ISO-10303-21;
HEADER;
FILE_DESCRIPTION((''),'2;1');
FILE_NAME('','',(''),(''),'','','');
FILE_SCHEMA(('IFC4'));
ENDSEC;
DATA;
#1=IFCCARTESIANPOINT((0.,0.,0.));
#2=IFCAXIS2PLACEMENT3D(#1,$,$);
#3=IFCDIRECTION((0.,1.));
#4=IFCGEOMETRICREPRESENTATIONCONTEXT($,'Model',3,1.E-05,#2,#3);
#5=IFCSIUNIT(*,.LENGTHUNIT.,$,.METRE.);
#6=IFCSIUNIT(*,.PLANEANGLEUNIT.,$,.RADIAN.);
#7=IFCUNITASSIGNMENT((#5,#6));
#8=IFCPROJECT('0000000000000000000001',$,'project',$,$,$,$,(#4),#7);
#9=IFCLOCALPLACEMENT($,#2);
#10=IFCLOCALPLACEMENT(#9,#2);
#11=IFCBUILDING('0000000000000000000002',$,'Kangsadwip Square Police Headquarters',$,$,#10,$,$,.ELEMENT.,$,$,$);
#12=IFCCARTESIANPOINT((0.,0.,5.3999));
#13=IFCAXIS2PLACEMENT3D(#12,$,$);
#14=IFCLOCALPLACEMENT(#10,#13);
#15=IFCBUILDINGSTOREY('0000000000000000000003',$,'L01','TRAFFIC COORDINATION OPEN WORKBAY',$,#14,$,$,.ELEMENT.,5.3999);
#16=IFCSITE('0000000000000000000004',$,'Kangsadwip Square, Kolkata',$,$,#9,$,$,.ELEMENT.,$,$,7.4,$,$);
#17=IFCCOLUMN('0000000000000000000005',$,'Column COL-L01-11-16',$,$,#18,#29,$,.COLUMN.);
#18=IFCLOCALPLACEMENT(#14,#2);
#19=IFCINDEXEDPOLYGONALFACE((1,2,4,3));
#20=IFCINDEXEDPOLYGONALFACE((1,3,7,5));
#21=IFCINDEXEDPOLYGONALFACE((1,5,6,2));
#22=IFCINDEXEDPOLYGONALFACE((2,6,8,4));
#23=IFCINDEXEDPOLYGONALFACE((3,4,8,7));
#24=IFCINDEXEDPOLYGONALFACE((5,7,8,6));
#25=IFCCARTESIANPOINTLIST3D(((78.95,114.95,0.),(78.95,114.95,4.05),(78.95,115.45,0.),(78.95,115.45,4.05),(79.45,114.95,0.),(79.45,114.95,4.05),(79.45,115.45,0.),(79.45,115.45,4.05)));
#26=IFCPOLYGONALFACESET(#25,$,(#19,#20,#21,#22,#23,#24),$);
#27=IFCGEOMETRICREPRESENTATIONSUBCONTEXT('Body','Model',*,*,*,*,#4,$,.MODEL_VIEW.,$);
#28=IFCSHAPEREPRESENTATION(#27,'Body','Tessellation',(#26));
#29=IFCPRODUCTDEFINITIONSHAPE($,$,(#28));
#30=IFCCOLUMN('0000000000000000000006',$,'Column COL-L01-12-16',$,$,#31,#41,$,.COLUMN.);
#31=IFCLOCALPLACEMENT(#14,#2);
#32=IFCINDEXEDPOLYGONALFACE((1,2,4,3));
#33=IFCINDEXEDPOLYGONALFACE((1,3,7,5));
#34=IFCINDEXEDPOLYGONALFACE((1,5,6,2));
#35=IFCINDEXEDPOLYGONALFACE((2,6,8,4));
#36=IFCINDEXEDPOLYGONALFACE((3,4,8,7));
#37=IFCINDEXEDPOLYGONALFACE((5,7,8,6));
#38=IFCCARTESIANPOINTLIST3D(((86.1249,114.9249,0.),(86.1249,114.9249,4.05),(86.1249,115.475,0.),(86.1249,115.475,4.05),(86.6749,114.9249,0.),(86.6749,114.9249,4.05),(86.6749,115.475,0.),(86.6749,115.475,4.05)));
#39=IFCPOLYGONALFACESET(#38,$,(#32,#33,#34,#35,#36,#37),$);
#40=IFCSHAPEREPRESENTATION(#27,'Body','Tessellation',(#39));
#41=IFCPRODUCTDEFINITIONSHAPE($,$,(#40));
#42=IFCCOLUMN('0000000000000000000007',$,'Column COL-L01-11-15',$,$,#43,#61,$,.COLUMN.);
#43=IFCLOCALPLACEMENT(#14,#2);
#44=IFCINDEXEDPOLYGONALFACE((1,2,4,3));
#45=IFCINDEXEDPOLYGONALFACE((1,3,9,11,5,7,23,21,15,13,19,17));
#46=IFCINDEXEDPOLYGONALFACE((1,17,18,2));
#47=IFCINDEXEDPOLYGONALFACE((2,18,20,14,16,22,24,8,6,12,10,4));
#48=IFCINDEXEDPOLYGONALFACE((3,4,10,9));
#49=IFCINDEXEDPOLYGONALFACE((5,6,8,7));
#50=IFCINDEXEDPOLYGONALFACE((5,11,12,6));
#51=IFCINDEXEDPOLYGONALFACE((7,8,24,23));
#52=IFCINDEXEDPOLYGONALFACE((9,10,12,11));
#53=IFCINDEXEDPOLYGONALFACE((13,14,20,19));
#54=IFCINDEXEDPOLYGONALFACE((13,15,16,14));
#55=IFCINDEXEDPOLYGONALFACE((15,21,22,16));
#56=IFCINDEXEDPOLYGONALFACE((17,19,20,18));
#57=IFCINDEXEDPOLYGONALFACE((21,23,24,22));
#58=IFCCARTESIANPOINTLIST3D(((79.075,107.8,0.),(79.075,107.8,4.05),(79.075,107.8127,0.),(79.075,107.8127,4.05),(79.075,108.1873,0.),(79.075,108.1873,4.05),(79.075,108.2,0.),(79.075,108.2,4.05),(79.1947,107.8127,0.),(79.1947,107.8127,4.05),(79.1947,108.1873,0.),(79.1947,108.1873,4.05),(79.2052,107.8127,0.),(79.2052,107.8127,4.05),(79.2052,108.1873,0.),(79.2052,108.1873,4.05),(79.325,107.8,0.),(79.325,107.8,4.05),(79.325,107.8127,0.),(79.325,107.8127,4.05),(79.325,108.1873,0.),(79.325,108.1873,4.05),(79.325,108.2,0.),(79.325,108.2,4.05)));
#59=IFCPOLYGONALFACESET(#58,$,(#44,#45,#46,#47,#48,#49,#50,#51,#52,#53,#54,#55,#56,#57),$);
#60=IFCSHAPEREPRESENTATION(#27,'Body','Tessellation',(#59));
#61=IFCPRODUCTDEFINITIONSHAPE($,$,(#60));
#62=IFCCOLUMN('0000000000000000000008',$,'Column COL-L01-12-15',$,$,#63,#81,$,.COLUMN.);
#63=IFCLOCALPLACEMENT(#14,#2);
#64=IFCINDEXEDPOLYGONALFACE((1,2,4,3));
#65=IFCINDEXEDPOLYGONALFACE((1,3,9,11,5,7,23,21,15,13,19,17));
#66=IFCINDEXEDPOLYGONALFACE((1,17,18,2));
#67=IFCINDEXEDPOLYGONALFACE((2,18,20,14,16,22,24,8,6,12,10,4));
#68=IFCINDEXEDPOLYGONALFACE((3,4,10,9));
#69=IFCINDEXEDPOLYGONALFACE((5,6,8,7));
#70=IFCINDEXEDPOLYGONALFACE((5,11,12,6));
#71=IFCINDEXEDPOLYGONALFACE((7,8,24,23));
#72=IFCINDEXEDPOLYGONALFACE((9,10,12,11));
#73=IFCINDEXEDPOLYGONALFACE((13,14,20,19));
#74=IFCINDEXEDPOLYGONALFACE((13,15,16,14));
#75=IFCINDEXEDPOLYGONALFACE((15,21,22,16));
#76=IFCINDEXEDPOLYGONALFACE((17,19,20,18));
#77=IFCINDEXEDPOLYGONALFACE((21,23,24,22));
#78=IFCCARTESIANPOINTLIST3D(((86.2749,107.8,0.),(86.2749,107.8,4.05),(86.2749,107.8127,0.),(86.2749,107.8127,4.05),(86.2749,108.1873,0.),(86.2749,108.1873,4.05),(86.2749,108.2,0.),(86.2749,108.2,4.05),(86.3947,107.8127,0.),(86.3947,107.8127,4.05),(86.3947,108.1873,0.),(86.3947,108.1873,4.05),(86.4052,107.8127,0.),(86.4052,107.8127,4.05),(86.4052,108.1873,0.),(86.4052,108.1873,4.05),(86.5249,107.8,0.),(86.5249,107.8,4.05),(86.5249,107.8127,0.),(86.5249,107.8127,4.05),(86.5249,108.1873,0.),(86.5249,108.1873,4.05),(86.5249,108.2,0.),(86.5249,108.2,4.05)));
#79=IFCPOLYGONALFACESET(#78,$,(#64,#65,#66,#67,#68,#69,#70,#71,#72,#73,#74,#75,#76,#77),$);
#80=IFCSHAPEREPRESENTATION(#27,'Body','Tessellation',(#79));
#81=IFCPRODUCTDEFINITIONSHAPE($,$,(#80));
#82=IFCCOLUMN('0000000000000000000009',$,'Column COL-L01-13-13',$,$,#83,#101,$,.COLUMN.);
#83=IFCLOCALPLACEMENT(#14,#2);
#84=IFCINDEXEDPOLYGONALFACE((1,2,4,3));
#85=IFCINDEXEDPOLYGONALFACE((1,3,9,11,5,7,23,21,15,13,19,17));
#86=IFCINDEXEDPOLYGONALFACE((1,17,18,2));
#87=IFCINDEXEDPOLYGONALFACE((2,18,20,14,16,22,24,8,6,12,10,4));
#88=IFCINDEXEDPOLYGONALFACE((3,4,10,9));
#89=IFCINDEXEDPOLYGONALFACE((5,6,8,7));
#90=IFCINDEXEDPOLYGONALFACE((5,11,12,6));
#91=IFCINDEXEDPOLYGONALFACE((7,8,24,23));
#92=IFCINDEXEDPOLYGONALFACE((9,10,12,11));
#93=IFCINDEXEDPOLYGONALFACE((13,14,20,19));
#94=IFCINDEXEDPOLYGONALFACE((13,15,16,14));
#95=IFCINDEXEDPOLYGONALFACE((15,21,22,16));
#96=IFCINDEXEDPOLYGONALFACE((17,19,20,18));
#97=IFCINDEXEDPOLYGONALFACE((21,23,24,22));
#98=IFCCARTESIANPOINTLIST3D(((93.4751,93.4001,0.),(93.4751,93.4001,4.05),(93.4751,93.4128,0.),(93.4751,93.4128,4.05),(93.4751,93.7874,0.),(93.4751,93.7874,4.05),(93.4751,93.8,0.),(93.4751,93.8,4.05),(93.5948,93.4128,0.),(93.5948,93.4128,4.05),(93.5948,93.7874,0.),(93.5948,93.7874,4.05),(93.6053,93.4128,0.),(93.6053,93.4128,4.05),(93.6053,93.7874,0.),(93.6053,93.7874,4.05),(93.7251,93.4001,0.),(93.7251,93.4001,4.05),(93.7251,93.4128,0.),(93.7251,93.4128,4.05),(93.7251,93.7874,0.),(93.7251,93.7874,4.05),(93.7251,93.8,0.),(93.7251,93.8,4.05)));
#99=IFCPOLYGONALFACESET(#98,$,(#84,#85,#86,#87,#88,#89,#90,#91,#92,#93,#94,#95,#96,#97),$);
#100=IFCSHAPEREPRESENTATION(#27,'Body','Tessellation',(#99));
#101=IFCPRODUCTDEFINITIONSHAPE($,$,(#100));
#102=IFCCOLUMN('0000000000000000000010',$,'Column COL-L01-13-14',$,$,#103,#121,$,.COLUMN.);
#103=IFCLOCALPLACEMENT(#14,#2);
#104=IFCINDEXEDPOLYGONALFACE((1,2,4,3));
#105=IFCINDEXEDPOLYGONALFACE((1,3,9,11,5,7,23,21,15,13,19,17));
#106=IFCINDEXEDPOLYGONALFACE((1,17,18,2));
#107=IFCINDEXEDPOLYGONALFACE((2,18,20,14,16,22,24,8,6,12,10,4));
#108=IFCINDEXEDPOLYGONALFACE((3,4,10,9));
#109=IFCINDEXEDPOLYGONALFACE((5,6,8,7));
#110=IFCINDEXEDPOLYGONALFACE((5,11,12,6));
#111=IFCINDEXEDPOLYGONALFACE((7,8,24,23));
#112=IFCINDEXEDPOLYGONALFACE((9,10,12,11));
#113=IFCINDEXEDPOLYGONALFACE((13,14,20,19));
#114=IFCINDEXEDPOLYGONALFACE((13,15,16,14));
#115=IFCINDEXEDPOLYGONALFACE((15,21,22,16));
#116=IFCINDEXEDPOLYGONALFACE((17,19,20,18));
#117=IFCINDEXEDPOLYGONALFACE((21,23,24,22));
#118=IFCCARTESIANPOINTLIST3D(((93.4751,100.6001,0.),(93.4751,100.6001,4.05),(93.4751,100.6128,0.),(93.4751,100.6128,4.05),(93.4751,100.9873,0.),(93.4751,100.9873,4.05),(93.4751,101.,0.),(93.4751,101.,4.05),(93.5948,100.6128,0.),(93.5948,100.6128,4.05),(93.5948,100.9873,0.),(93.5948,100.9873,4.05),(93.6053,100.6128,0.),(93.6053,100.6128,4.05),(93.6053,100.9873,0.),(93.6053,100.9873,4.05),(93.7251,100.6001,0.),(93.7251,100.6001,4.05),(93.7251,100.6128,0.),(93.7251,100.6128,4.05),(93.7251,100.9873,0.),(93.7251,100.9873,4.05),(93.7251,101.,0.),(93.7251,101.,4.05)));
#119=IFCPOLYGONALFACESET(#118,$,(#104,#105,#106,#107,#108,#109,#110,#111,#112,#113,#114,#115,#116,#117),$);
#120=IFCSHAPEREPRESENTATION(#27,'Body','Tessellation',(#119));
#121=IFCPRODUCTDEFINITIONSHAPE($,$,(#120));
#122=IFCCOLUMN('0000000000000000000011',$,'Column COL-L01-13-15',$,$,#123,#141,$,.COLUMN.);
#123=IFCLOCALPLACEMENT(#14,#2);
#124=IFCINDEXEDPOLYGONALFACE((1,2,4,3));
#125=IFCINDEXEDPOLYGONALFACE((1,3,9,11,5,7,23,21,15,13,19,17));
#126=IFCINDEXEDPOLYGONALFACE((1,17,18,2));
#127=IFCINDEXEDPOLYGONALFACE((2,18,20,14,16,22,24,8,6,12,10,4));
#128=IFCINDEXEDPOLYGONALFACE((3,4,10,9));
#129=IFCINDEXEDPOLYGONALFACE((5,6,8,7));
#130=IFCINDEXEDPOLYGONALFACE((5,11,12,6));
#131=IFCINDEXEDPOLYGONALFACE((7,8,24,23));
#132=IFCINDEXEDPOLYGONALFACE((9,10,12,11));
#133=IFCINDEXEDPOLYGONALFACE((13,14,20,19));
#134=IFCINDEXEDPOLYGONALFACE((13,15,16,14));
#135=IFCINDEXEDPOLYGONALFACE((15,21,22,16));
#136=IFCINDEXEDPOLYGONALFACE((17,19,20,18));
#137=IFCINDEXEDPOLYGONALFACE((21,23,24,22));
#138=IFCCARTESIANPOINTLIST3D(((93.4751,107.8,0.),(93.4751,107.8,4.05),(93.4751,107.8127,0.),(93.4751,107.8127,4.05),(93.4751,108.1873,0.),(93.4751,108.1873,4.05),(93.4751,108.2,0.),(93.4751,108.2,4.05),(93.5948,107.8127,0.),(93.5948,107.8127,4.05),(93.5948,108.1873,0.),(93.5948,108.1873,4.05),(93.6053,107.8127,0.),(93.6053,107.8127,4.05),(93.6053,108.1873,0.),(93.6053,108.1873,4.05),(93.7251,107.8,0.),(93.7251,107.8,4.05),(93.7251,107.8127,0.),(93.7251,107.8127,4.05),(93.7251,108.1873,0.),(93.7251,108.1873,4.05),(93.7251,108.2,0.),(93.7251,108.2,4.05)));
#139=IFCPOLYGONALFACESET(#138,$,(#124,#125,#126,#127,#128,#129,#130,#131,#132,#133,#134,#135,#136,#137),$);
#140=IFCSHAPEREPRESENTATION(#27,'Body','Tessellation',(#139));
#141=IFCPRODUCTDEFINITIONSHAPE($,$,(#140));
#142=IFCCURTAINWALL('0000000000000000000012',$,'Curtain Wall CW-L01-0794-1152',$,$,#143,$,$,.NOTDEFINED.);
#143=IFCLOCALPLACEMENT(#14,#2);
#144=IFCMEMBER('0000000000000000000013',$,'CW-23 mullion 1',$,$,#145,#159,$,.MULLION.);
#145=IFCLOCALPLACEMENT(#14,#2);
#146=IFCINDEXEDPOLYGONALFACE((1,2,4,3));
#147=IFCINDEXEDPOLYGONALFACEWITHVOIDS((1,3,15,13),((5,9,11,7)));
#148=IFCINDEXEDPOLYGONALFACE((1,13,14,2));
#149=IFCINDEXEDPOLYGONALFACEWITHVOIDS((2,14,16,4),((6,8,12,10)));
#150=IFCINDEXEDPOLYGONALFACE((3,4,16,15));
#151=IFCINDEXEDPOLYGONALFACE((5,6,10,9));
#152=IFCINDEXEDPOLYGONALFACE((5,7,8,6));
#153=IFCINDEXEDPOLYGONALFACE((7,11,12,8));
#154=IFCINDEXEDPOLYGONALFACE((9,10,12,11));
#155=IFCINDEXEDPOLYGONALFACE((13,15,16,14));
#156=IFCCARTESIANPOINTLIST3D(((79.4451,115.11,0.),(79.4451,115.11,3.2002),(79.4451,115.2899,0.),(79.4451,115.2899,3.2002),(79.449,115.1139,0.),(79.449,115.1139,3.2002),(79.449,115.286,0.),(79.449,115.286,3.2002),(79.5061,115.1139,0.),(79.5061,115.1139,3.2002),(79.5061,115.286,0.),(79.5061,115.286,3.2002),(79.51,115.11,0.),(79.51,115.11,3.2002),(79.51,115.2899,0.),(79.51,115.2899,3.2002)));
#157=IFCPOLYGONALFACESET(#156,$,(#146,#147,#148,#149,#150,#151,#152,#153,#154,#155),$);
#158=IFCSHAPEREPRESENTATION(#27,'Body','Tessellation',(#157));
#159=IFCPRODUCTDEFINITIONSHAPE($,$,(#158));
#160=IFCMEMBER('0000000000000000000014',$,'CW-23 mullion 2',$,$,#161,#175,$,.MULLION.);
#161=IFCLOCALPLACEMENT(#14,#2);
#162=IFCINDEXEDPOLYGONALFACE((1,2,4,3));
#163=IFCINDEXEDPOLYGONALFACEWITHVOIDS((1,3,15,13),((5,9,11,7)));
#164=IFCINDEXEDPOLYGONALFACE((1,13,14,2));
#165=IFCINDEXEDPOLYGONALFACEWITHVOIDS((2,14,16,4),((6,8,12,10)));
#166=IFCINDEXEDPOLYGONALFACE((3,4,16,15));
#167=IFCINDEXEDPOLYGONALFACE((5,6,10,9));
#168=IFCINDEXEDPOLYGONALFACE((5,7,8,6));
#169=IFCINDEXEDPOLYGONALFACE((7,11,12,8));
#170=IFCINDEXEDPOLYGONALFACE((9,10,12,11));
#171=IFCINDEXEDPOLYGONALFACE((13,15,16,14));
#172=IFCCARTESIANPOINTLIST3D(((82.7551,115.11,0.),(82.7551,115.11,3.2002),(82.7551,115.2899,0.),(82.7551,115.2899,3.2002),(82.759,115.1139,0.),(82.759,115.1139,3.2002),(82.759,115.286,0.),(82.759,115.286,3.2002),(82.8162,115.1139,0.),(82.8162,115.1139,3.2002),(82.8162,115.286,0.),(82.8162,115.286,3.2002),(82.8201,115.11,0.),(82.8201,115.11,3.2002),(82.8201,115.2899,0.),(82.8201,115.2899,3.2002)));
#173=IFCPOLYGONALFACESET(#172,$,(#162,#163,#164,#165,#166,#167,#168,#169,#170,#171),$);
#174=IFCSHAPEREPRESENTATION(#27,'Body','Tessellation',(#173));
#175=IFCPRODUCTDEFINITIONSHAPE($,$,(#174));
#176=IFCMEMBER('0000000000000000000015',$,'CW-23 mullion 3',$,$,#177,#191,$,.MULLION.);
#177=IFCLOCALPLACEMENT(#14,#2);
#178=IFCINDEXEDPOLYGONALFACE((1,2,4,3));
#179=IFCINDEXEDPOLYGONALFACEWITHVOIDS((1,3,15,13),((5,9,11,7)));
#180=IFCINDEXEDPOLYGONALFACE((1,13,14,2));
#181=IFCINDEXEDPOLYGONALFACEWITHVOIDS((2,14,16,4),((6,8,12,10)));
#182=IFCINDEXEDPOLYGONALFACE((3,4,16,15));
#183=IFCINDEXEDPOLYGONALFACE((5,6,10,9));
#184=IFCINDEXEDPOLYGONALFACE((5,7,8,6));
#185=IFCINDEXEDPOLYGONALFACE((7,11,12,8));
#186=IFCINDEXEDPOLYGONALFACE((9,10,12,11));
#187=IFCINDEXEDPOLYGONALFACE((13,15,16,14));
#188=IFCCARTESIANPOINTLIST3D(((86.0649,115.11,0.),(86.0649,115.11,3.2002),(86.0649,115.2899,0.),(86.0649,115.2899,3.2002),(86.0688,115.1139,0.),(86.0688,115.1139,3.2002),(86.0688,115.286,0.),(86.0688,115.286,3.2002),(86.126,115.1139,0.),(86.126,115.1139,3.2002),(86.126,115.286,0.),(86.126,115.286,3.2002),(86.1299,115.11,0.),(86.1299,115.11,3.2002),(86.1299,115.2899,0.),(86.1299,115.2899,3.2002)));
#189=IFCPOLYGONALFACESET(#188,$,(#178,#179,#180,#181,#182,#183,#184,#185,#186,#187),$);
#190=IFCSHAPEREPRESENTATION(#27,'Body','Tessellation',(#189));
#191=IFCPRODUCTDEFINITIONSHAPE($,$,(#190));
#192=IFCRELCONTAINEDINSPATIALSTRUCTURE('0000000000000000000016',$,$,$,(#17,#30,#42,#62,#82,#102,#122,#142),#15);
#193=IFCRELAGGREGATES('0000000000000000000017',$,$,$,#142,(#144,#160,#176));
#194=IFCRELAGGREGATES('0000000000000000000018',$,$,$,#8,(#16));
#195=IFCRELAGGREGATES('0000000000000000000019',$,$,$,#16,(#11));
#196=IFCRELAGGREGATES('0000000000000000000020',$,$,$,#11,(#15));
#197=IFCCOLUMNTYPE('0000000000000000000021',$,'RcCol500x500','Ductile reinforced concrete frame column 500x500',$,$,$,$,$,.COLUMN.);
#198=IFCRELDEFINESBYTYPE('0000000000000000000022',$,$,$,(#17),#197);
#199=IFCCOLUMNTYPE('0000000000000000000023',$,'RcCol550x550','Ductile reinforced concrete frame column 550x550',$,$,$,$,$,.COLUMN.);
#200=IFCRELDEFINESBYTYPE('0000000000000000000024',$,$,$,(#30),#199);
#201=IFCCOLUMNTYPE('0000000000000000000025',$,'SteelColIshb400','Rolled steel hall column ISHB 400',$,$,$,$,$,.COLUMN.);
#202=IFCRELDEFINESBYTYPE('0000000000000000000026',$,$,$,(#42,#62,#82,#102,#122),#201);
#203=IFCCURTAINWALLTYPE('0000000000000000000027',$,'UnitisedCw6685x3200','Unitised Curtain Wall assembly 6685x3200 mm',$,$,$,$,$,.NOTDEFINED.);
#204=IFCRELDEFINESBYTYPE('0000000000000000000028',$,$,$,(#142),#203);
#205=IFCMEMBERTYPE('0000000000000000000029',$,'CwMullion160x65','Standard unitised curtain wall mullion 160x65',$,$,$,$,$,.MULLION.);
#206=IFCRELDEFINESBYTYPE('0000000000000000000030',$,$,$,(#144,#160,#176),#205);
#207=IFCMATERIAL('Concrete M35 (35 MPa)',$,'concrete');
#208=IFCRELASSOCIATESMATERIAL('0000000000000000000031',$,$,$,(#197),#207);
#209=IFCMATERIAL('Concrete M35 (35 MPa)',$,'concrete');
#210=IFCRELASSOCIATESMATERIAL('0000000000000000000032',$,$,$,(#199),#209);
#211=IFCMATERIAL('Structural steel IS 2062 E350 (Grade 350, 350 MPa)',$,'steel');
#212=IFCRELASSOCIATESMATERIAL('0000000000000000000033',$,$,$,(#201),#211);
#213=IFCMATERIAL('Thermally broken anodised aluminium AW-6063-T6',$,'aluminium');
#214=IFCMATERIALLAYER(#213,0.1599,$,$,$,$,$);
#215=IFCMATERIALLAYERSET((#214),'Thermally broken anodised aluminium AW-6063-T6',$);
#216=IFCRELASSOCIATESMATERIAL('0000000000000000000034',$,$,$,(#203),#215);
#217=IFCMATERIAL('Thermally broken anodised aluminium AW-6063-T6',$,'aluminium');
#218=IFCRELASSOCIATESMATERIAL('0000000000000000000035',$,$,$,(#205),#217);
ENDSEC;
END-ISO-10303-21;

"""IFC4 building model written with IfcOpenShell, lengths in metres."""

from ifc_helpers import new_model, si_unit, direction, frame, origin, origin_2d, place, context, subcontext, project, spatial, rectangle, hollow_rectangle, i_section, extrude, material, layer, layer_set, material_profile, profile_set, type_object, element, aggregate, save


model = new_model("IFC4")

# Units and contexts
model_context = context("Model", 3, precision=1e-05, world=origin(), true_north=direction((0.0, 1.0)))
body_context = subcontext(model_context, "Body", "Model", "MODEL_VIEW")
ifc_project = project(units=[si_unit("LENGTHUNIT", "METRE"), si_unit("PLANEANGLEUNIT", "RADIAN")], contexts=[model_context])

# Site, building, storey
site_placement = place(None, origin())
site = spatial("IfcSite", under=ifc_project, at=site_placement, Name="Kangsadwip Square, Kolkata", CompositionType="ELEMENT", RefElevation=7.4)
building_placement = place(site_placement, origin())
building = spatial("IfcBuilding", under=site, at=building_placement, Name="Kangsadwip Square Police Headquarters", CompositionType="ELEMENT")
storey_placement = place(building_placement, frame((0.0, 0.0, 5.3999)))
storey = spatial("IfcBuildingStorey", under=building, at=storey_placement, Name="L01", Description="TRAFFIC COORDINATION OPEN WORKBAY", CompositionType="ELEMENT", Elevation=5.3999)

# Columns
ifc_material_1 = material(Name="Concrete M35 (35 MPa)", Category="concrete")
ifc_material_profile_1 = material_profile(ifc_material_1, rectangle(XDim=0.5, YDim=0.5, at=origin_2d()), Name="RC COL 500X500")
ifc_profile_set_1 = profile_set([ifc_material_profile_1], Name="Concrete M35 (35 MPa)")
column_type_1 = type_object("IfcColumnType", Name="RcCol500x500", Description="Ductile reinforced concrete frame column 500x500", PredefinedType="COLUMN", material=ifc_profile_set_1)
column_1_placement = place(storey_placement, frame((79.2, 115.2, 0.0), z_axis=(0.0, 0.0, 1.0), x_axis=(1.0, 0.0, 0.0)))
element("IfcColumn", 1, at=column_1_placement, inside=storey, type_object=column_type_1, Name="Column COL-L01-11-16", PredefinedType="COLUMN", context=body_context, shape_type="SweptSolid", body=[
    extrude(rectangle(XDim=0.5, YDim=0.5, at=origin_2d()), origin(), (0.0, 0.0, 1.0), 4.05),
])
ifc_material_2 = material(Name="Concrete M35 (35 MPa)", Category="concrete")
ifc_material_profile_2 = material_profile(ifc_material_2, rectangle(XDim=0.55, YDim=0.55, at=origin_2d()), Name="RC COL 550X550")
ifc_profile_set_2 = profile_set([ifc_material_profile_2], Name="Concrete M35 (35 MPa)")
column_type_2 = type_object("IfcColumnType", Name="RcCol550x550", Description="Ductile reinforced concrete frame column 550x550", PredefinedType="COLUMN", material=ifc_profile_set_2)
column_2_placement = place(storey_placement, frame((86.3999, 115.2, 0.0), z_axis=(0.0, 0.0, 1.0), x_axis=(1.0, 0.0, 0.0)))
element("IfcColumn", 2, at=column_2_placement, inside=storey, type_object=column_type_2, Name="Column COL-L01-12-16", PredefinedType="COLUMN", context=body_context, shape_type="SweptSolid", body=[
    extrude(rectangle(XDim=0.55, YDim=0.55, at=origin_2d()), origin(), (0.0, 0.0, 1.0), 4.05),
])
ifc_material_3 = material(Name="Structural steel IS 2062 E350 (Grade 350, 350 MPa)", Category="steel")
ifc_material_profile_3 = material_profile(ifc_material_3, i_section(OverallWidth=0.25, OverallDepth=0.3999, WebThickness=0.0105, FlangeThickness=0.0127, at=origin_2d()), Name="ISHB 400")
ifc_profile_set_3 = profile_set([ifc_material_profile_3], Name="Structural steel IS 2062 E350 (Grade 350, 350 MPa)")
column_type_3 = type_object("IfcColumnType", Name="SteelColIshb400", Description="Rolled steel hall column ISHB 400", PredefinedType="COLUMN", material=ifc_profile_set_3)
for number, where, z_axis, x_axis, name in (
    (3, (79.2, 108.0, 0.0), (0.0, 0.0, 1.0), (1.0, 0.0, 0.0), "Column COL-L01-11-15"),
    (4, (86.3999, 108.0, 0.0), (0.0, 0.0, 1.0), (1.0, 0.0, 0.0), "Column COL-L01-12-15"),
    (5, (93.6001, 93.6001, 0.0), (0.0, 0.0, 1.0), (1.0, 0.0, 0.0), "Column COL-L01-13-13"),
    (6, (93.6001, 100.8, 0.0), (0.0, 0.0, 1.0), (1.0, 0.0, 0.0), "Column COL-L01-13-14"),
    (7, (93.6001, 108.0, 0.0), (0.0, 0.0, 1.0), (1.0, 0.0, 0.0), "Column COL-L01-13-15"),
):
    element("IfcColumn", number, at=place(storey_placement, frame(where, z_axis=z_axis, x_axis=x_axis)), inside=storey, type_object=column_type_3, Name=name, PredefinedType="COLUMN", context=body_context, shape_type="SweptSolid", body=[
        extrude(i_section(OverallWidth=0.25, OverallDepth=0.3999, WebThickness=0.0105, FlangeThickness=0.0127, at=origin_2d()), origin(), (0.0, 0.0, 1.0), 4.05),
    ])

# Curtain wall, members
ifc_material_4 = material(Name="Thermally broken anodised aluminium AW-6063-T6", Category="aluminium")
ifc_layer_1 = layer(ifc_material_4, 0.1599)
ifc_layer_set_1 = layer_set([ifc_layer_1], Name="Thermally broken anodised aluminium AW-6063-T6")
curtain_wall_type = type_object("IfcCurtainWallType", Name="UnitisedCw6685x3200", Description="Unitised Curtain Wall assembly 6685x3200 mm", PredefinedType="NOTDEFINED", material=ifc_layer_set_1)
curtain_wall_placement = place(storey_placement, origin())
curtain_wall = element("IfcCurtainWall", 8, at=curtain_wall_placement, inside=storey, type_object=curtain_wall_type, Name="Curtain Wall CW-L01-0794-1152", PredefinedType="NOTDEFINED")
ifc_material_5 = material(Name="Thermally broken anodised aluminium AW-6063-T6", Category="aluminium")
ifc_material_profile_4 = material_profile(ifc_material_5, hollow_rectangle(XDim=0.0649, YDim=0.1799, WallThickness=0.0039, at=origin_2d()), Name="CWM 180X65X4")
ifc_profile_set_4 = profile_set([ifc_material_profile_4], Name="Thermally broken anodised aluminium AW-6063-T6")
member_type_1 = type_object("IfcMemberType", Name="CwMullion160x65", Description="Standard unitised curtain wall mullion 160x65", PredefinedType="MULLION", material=ifc_profile_set_4)
member_1_placement = place(storey_placement, frame((79.4775, 115.2, 0.0), z_axis=(0.0, 0.0, 1.0), x_axis=(1.0, 0.0, 0.0)))
member_1 = element("IfcMember", 9, at=member_1_placement, type_object=member_type_1, Name="CW-23 mullion 1", PredefinedType="MULLION", context=body_context, shape_type="SweptSolid", body=[
    extrude(hollow_rectangle(XDim=0.0649, YDim=0.1799, WallThickness=0.0039, at=origin_2d()), origin(), (0.0, 0.0, 1.0), 3.2002),
])
member_2_placement = place(storey_placement, frame((82.7876, 115.2, 0.0), z_axis=(0.0, 0.0, 1.0), x_axis=(1.0, 0.0, 0.0)))
member_2 = element("IfcMember", 10, at=member_2_placement, type_object=member_type_1, Name="CW-23 mullion 2", PredefinedType="MULLION", context=body_context, shape_type="SweptSolid", body=[
    extrude(hollow_rectangle(XDim=0.0649, YDim=0.1799, WallThickness=0.0039, at=origin_2d()), origin(), (0.0, 0.0, 1.0), 3.2002),
])
member_3_placement = place(storey_placement, frame((86.0974, 115.2, 0.0), z_axis=(0.0, 0.0, 1.0), x_axis=(1.0, 0.0, 0.0)))
member_3 = element("IfcMember", 11, at=member_3_placement, type_object=member_type_1, Name="CW-23 mullion 3", PredefinedType="MULLION", context=body_context, shape_type="SweptSolid", body=[
    extrude(hollow_rectangle(XDim=0.0649, YDim=0.1799, WallThickness=0.0039, at=origin_2d()), origin(), (0.0, 0.0, 1.0), 3.2002),
])

aggregate(curtain_wall, [member_1, member_2, member_3])

save(model, "model.ifc")
